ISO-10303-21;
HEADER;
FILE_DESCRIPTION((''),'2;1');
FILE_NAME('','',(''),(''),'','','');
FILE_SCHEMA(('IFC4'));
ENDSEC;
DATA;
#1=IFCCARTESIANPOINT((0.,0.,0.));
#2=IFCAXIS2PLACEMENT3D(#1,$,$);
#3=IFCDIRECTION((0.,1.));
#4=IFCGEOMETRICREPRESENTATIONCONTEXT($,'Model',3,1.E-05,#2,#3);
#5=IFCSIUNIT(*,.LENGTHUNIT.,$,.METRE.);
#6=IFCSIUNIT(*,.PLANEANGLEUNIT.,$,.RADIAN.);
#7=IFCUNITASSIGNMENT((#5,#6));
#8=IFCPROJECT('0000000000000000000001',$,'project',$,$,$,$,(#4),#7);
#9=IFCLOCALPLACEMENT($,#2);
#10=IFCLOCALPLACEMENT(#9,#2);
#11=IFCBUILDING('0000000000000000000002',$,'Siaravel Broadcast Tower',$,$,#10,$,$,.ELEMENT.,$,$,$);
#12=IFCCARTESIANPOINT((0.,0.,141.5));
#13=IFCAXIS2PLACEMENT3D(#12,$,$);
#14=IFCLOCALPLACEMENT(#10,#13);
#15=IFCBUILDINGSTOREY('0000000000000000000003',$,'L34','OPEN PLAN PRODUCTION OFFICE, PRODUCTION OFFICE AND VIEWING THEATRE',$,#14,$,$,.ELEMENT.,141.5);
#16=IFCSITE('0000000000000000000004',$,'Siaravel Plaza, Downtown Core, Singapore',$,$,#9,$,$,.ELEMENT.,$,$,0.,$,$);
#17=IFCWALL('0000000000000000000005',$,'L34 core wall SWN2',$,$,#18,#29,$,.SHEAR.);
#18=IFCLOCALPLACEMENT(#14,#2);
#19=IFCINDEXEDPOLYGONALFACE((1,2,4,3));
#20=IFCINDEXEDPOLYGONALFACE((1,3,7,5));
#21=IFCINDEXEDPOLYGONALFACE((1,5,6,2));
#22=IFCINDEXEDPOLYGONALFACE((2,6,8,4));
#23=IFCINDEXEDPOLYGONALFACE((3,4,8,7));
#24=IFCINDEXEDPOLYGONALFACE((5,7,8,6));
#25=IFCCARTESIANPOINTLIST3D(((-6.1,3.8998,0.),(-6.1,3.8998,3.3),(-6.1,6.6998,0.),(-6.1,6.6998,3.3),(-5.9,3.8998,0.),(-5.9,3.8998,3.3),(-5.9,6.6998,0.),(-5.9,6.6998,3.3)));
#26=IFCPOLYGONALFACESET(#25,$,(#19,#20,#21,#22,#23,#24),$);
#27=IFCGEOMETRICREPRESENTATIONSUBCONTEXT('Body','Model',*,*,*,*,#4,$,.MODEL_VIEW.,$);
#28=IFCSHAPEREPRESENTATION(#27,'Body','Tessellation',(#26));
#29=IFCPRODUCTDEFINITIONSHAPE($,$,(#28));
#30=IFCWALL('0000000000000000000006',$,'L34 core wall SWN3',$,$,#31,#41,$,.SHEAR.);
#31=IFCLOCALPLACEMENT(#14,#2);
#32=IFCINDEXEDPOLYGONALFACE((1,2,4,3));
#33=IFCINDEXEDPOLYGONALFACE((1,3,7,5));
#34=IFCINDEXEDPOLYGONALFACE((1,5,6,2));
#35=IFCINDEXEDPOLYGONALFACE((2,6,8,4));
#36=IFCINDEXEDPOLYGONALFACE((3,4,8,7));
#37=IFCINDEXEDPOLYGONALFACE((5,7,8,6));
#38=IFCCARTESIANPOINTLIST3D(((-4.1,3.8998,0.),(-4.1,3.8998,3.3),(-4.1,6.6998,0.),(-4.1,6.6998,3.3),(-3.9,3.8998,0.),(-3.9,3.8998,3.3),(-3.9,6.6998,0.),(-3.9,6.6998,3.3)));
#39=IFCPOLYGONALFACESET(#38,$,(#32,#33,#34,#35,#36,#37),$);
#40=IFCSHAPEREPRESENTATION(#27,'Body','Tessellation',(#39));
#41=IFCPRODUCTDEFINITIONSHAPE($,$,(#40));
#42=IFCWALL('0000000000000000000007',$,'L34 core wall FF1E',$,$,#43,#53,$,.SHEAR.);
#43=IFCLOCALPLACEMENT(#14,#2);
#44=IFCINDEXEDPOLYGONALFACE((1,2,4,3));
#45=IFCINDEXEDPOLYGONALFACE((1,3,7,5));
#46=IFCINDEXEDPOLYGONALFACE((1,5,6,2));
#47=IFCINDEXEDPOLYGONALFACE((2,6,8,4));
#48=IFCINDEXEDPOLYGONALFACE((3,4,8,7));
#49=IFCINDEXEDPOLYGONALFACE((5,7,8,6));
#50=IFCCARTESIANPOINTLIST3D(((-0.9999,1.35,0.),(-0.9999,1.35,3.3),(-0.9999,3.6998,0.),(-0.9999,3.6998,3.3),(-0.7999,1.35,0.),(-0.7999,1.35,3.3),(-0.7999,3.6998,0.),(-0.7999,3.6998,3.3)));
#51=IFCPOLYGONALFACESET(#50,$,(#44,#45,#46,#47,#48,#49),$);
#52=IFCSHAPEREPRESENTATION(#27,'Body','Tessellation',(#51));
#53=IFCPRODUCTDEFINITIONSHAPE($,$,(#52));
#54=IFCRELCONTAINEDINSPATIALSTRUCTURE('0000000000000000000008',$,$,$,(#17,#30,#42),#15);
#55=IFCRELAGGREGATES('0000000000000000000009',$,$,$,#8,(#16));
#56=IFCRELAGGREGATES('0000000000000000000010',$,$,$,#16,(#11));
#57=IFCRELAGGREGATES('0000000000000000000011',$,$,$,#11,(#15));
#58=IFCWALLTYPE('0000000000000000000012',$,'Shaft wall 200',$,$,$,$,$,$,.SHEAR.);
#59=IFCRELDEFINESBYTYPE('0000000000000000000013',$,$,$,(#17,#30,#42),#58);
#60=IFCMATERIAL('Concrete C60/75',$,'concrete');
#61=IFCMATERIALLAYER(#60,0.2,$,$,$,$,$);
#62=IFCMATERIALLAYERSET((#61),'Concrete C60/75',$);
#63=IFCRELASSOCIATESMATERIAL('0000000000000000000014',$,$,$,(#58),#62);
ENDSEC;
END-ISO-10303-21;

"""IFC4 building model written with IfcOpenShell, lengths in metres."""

from ifc_helpers import new_model, si_unit, direction, frame, frame_2d, origin, place, context, subcontext, project, spatial, rectangle, extrude, material, layer, layer_set, type_object, element, save


model = new_model("IFC4")

# Units and contexts
model_context = context("Model", 3, precision=1e-05, world=origin(), true_north=direction((0.0, 1.0)))
body_context = subcontext(model_context, "Body", "Model", "MODEL_VIEW")
ifc_project = project(units=[si_unit("LENGTHUNIT", "METRE"), si_unit("PLANEANGLEUNIT", "RADIAN")], contexts=[model_context])

# Site, building, storey
site_placement = place(None, origin())
site = spatial("IfcSite", under=ifc_project, at=site_placement, Name="Siaravel Plaza, Downtown Core, Singapore", CompositionType="ELEMENT", RefElevation=0.0)
building_placement = place(site_placement, origin())
building = spatial("IfcBuilding", under=site, at=building_placement, Name="Siaravel Broadcast Tower", CompositionType="ELEMENT")
storey_placement = place(building_placement, frame((0.0, 0.0, 141.5)))
storey = spatial("IfcBuildingStorey", under=building, at=storey_placement, Name="L34", Description="OPEN PLAN PRODUCTION OFFICE, PRODUCTION OFFICE AND VIEWING THEATRE", CompositionType="ELEMENT", Elevation=141.5)

# Shared definitions
ifc_material_1 = material(Name="Concrete C60/75", Category="concrete")

# Walls
ifc_layer_1 = layer(ifc_material_1, 0.2)
ifc_layer_set_1 = layer_set([ifc_layer_1], Name="Concrete C60/75")
wall_type_1 = type_object("IfcWallType", Name="Shaft wall 200", PredefinedType="SHEAR", material=ifc_layer_set_1)
for number, where, z_axis, x_axis, name in (
    (1, (-6.0, 3.8999, 0.0), (0.0, 0.0, 1.0), (0.0, 1.0, 0.0), "L34 core wall SWN2"),
    (2, (-4.0, 3.8999, 0.0), (0.0, 0.0, 1.0), (0.0, 1.0, 0.0), "L34 core wall SWN3"),
):
    element("IfcWall", number, at=place(storey_placement, frame(where, z_axis=z_axis, x_axis=x_axis)), inside=storey, type_object=wall_type_1, Name=name, PredefinedType="SHEAR", context=body_context, shape_type="SweptSolid", body=[
        extrude(rectangle(XDim=2.8, YDim=0.2, at=frame_2d((1.3999, 0.0))), origin(), (0.0, 0.0, 1.0), 3.3),
    ])
wall_1_placement = place(storey_placement, frame((-0.8999, 1.3501, 0.0), z_axis=(0.0, 0.0, 1.0), x_axis=(0.0, 1.0, 0.0)))
element("IfcWall", 3, at=wall_1_placement, inside=storey, type_object=wall_type_1, Name="L34 core wall FF1E", PredefinedType="SHEAR", context=body_context, shape_type="SweptSolid", body=[
    extrude(rectangle(XDim=2.3499, YDim=0.2, at=frame_2d((1.1748, 0.0))), origin(), (0.0, 0.0, 1.0), 3.3),
])

save(model, "model.ifc")
